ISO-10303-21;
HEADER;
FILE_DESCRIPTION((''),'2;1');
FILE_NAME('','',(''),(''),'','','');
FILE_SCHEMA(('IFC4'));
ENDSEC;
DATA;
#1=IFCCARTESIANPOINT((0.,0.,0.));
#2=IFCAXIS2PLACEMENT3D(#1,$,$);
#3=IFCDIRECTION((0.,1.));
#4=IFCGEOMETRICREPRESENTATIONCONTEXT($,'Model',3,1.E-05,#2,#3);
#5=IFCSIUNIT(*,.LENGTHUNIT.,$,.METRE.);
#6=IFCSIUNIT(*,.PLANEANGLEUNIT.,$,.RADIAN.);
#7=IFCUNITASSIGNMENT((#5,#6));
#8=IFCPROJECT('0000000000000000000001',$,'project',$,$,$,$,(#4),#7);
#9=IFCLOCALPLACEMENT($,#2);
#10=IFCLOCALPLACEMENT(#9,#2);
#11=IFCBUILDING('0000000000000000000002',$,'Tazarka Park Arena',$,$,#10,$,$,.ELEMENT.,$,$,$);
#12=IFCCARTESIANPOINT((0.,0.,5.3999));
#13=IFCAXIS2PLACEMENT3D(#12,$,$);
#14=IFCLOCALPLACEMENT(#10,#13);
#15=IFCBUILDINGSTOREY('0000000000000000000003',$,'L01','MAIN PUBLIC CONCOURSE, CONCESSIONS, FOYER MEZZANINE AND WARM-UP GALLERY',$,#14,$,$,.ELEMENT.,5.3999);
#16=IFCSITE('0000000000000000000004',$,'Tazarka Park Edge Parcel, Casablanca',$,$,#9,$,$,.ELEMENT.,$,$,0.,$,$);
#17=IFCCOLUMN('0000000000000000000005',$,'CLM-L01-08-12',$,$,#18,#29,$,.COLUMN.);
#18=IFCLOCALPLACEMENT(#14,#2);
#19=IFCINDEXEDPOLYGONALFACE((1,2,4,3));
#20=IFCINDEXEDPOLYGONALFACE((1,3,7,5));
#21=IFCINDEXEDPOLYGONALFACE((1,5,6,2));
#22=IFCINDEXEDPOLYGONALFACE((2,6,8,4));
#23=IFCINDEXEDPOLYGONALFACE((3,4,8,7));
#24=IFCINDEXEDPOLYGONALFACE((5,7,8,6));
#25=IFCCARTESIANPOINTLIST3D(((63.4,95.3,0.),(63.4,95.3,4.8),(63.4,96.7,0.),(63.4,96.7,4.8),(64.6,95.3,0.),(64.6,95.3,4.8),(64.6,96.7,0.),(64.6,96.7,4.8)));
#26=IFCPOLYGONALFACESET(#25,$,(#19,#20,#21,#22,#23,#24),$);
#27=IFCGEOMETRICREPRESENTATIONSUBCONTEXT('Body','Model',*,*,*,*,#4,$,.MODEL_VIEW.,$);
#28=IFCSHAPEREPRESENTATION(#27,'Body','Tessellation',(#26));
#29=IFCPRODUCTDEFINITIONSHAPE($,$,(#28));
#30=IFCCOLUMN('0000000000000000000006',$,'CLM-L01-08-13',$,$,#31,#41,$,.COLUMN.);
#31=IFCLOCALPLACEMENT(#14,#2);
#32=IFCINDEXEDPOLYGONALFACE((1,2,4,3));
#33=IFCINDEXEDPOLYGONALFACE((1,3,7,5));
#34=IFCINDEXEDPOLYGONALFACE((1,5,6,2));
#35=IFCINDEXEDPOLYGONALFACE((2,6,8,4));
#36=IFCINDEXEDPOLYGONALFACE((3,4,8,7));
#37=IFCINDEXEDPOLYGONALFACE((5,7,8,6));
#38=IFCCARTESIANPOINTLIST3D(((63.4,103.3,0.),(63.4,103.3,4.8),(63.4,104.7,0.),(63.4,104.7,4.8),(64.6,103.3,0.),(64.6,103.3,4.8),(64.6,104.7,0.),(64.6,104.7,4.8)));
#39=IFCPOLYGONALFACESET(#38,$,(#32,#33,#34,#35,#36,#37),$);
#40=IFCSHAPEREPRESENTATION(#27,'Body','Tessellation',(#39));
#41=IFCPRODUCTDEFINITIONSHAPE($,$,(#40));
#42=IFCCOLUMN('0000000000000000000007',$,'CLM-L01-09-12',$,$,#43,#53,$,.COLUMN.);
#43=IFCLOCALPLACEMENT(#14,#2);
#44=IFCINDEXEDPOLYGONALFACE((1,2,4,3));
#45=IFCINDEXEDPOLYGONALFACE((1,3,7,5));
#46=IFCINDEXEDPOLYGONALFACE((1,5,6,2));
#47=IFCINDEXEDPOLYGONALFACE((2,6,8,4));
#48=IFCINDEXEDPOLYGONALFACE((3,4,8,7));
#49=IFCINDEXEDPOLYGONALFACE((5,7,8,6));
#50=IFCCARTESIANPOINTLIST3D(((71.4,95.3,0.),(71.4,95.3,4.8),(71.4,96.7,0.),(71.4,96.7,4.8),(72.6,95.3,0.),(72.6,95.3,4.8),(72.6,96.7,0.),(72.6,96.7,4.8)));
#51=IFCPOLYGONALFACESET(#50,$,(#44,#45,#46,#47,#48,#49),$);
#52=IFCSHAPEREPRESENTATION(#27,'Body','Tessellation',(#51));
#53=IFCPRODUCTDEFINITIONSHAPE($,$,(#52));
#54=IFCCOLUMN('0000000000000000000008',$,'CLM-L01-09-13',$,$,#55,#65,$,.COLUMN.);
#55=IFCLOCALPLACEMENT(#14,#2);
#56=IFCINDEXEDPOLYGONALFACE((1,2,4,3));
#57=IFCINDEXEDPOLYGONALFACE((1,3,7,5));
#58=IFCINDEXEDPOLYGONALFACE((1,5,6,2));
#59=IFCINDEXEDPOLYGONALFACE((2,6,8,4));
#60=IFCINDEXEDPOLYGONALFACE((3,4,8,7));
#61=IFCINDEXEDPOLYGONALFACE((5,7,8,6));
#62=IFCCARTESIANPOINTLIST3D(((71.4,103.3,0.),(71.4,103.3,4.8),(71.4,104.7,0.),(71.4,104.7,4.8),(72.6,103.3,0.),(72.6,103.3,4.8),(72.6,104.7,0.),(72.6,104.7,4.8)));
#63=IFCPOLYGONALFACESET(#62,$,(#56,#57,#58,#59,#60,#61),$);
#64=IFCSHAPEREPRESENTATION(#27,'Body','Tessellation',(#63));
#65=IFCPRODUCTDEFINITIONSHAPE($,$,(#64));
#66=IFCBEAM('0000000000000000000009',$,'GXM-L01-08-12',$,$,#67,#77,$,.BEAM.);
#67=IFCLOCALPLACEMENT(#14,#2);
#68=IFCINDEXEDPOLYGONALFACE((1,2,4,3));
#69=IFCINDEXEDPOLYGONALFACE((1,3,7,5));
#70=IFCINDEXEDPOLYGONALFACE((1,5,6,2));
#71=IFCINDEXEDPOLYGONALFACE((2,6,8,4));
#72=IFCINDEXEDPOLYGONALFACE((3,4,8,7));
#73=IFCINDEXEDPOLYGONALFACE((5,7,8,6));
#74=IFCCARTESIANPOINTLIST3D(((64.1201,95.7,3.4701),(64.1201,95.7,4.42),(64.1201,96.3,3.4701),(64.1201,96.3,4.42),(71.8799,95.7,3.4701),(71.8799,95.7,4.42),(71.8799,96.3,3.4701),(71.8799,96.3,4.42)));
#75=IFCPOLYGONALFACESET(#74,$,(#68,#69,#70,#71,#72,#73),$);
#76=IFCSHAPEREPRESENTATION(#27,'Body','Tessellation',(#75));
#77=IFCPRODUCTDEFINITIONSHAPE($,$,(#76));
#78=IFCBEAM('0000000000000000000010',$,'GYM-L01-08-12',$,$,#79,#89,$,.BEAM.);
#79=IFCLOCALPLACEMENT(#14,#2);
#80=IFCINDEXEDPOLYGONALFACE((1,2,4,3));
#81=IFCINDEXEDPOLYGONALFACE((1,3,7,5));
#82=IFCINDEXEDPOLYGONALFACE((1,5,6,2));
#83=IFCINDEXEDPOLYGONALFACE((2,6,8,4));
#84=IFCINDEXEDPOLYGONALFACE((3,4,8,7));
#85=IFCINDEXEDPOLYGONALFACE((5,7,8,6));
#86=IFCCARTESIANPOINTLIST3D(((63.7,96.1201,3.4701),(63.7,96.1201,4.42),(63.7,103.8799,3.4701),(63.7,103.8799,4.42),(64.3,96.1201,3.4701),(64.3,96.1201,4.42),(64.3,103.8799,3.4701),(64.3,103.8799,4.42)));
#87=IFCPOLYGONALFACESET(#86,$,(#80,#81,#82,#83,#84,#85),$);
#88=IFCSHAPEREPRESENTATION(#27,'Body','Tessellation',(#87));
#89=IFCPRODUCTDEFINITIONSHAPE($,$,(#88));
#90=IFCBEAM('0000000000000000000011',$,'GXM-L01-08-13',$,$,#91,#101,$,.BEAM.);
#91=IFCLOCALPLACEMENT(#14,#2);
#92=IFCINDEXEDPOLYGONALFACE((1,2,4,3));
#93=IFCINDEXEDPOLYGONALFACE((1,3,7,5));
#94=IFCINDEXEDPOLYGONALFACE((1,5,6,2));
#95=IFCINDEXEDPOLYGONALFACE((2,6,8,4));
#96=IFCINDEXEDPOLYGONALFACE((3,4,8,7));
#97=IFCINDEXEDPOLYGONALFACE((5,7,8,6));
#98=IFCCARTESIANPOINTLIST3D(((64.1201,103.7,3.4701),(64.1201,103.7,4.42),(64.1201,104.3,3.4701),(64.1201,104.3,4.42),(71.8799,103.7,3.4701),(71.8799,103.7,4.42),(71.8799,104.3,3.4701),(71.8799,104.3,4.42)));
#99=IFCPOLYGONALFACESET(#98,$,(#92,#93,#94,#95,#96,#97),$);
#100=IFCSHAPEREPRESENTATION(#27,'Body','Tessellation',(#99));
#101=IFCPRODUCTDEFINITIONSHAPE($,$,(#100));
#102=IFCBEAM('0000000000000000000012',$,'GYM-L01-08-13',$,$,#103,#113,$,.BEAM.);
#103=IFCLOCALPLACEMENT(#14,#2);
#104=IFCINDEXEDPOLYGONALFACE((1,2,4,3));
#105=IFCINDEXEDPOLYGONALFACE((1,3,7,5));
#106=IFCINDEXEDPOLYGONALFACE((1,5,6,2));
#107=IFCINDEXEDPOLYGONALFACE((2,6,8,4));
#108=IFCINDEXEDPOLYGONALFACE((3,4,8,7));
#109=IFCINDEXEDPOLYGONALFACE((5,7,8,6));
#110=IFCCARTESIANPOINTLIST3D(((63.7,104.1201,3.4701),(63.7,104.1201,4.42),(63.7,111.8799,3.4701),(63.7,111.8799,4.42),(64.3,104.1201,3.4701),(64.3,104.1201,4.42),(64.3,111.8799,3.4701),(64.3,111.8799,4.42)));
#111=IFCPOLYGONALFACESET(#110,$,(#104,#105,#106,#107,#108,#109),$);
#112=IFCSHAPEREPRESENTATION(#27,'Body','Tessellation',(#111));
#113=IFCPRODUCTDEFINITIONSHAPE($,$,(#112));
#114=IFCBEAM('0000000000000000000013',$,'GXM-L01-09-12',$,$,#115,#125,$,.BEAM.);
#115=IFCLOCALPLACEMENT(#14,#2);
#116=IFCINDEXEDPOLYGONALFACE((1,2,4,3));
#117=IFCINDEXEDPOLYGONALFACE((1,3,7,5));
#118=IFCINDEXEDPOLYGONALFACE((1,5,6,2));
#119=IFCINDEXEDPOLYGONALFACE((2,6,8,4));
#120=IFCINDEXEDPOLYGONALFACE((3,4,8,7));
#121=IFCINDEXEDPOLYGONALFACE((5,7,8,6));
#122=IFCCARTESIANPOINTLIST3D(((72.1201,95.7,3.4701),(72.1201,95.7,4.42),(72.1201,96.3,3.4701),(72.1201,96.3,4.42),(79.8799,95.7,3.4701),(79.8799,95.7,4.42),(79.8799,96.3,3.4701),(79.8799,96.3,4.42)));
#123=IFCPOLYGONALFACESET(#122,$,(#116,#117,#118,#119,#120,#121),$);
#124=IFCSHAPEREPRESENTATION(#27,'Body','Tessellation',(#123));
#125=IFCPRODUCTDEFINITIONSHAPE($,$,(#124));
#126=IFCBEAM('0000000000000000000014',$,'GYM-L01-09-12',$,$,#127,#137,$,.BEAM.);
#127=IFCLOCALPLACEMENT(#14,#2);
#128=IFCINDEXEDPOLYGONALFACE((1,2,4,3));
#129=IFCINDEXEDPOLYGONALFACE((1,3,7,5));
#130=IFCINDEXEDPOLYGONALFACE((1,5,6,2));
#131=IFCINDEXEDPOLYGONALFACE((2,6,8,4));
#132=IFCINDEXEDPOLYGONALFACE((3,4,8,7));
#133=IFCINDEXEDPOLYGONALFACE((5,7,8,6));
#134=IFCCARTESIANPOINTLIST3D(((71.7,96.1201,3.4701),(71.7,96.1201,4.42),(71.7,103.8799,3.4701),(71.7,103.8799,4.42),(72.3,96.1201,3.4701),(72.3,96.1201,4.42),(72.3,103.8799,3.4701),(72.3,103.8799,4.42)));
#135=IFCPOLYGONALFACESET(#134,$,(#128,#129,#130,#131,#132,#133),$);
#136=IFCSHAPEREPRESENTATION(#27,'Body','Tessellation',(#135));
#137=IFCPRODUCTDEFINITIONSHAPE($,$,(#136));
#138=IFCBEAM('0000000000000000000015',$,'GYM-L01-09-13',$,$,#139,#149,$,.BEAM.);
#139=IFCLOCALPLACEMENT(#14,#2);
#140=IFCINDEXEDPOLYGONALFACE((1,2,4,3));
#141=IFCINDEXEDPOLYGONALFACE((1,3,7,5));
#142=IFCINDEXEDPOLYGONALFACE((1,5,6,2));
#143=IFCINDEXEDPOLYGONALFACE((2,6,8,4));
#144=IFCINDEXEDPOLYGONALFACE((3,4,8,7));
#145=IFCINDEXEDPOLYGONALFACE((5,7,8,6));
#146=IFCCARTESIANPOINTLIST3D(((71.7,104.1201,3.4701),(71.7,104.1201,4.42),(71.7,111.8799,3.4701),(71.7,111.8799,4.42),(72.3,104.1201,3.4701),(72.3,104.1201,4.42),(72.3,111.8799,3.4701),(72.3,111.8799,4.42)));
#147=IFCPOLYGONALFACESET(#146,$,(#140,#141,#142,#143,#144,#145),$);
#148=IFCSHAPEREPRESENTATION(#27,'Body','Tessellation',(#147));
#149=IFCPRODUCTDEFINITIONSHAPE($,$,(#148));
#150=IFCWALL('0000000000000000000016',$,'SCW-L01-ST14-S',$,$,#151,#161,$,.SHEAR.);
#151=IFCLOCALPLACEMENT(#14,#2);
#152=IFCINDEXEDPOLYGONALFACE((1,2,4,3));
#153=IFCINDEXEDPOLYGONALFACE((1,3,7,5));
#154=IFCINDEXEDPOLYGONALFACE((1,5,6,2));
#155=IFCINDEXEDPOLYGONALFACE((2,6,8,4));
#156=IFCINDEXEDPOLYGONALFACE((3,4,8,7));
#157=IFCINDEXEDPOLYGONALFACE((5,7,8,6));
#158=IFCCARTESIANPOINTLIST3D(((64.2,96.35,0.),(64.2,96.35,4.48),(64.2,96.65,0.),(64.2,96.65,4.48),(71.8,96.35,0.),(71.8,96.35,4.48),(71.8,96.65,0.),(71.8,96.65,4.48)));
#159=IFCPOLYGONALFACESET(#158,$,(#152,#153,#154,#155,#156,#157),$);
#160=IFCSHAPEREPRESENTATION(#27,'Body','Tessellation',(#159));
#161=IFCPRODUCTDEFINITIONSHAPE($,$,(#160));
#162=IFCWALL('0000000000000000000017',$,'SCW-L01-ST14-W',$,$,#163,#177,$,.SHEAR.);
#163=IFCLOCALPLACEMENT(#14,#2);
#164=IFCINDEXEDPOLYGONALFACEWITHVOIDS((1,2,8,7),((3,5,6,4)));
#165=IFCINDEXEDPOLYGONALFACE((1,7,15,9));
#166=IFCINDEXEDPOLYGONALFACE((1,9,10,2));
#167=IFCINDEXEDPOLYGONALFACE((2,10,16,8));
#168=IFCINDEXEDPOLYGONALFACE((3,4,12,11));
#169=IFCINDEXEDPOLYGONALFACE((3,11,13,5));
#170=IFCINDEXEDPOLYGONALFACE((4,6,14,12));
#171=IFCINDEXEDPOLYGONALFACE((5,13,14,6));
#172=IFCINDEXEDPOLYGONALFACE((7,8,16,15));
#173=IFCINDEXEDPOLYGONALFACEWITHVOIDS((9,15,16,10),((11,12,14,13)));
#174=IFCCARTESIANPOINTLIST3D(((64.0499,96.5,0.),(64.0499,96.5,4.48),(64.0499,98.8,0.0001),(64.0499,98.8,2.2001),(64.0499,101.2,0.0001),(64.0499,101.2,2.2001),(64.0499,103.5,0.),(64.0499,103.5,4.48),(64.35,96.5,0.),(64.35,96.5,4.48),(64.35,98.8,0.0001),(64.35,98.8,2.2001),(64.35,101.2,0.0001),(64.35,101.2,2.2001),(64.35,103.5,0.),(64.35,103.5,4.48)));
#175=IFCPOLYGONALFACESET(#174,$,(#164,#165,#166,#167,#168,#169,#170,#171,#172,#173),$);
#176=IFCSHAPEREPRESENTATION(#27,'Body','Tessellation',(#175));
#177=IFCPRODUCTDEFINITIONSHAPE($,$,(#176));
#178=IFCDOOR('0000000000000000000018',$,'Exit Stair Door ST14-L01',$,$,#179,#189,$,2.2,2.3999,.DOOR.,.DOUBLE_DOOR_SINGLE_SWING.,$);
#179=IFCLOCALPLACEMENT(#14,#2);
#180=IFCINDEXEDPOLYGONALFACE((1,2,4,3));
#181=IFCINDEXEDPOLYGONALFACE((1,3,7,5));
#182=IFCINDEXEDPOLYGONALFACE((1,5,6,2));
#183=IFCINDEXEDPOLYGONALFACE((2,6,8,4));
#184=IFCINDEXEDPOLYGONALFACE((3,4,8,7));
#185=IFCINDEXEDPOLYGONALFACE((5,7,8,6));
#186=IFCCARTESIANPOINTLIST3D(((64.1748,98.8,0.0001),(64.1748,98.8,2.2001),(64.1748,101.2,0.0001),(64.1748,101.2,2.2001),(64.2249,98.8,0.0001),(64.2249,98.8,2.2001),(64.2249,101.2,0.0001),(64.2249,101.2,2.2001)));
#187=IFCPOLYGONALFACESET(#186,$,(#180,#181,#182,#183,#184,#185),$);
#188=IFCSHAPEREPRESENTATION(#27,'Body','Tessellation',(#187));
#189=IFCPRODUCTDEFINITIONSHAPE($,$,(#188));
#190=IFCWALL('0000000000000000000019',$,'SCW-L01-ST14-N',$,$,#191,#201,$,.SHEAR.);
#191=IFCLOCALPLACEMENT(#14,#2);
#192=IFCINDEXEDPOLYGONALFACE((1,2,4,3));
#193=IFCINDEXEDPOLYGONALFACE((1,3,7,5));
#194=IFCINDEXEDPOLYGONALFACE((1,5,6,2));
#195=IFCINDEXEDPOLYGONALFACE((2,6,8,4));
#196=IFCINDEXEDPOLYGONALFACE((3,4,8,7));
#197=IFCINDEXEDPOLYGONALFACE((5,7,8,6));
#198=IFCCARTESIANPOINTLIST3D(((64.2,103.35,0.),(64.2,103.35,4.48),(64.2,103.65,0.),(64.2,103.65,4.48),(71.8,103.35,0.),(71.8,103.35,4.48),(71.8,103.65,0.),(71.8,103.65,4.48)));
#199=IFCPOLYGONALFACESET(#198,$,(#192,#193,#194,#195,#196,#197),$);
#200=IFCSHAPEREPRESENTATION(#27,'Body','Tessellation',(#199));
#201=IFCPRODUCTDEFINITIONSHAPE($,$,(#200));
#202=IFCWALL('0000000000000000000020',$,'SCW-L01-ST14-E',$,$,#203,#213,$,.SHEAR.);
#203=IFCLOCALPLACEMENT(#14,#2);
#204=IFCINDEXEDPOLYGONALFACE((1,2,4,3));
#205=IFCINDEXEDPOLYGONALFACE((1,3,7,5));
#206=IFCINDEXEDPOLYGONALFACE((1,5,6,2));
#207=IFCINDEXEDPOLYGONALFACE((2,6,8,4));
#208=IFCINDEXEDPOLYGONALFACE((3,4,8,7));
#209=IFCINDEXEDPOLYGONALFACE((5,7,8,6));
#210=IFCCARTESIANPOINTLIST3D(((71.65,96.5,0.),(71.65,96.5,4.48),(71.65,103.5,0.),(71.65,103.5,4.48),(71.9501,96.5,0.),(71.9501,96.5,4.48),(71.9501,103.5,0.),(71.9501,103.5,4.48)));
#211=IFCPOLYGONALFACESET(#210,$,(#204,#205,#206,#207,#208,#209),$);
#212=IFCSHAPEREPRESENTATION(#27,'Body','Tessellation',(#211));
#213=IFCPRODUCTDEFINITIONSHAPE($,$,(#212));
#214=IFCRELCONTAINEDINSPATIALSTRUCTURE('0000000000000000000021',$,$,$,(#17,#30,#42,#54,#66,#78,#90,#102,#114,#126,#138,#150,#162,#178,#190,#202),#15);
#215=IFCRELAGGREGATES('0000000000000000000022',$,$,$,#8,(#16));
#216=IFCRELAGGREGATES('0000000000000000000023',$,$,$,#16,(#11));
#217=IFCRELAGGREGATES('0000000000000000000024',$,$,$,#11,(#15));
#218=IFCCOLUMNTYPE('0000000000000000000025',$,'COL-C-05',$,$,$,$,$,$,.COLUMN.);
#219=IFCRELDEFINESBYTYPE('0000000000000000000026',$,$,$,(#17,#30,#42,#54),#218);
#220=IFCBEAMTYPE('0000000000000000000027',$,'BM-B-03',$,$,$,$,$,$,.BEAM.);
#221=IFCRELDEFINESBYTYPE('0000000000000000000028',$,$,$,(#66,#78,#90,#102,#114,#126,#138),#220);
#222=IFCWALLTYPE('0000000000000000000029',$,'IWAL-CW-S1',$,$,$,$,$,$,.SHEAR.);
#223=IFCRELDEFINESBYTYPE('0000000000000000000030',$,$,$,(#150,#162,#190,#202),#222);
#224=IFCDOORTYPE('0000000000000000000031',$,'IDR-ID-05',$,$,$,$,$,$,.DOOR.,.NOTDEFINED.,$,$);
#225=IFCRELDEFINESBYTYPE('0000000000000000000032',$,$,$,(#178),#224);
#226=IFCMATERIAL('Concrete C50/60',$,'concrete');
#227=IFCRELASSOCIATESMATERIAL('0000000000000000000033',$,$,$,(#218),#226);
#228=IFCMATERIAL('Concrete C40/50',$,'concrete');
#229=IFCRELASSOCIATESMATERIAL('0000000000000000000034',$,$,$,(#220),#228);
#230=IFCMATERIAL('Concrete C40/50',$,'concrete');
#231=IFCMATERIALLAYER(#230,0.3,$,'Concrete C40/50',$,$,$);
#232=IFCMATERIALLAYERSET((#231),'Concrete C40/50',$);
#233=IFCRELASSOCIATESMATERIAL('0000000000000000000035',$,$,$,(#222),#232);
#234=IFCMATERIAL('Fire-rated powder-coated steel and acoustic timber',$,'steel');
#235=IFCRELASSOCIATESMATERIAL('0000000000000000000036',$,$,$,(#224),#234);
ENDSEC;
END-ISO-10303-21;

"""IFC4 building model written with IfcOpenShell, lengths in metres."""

from ifc_helpers import new_model, si_unit, direction, frame, frame_2d, origin, origin_2d, place, context, subcontext, project, spatial, rectangle, extrude, material, layer, layer_set, material_profile, profile_set, type_object, element, fill, save


model = new_model("IFC4")

# Units and contexts
model_context = context("Model", 3, precision=1e-05, world=origin(), true_north=direction((0.0, 1.0)))
body_context = subcontext(model_context, "Body", "Model", "MODEL_VIEW")
ifc_project = project(units=[si_unit("LENGTHUNIT", "METRE"), si_unit("PLANEANGLEUNIT", "RADIAN")], contexts=[model_context])

# Site, building, storey
site_placement = place(None, origin())
site = spatial("IfcSite", under=ifc_project, at=site_placement, Name="Tazarka Park Edge Parcel, Casablanca", CompositionType="ELEMENT", RefElevation=0.0)
building_placement = place(site_placement, origin())
building = spatial("IfcBuilding", under=site, at=building_placement, Name="Tazarka Park Arena", CompositionType="ELEMENT")
storey_placement = place(building_placement, frame((0.0, 0.0, 5.3999)))
storey = spatial("IfcBuildingStorey", under=building, at=storey_placement, Name="L01", Description="MAIN PUBLIC CONCOURSE, CONCESSIONS, FOYER MEZZANINE AND WARM-UP GALLERY", CompositionType="ELEMENT", Elevation=5.3999)

# Columns
ifc_material_1 = material(Name="Concrete C50/60", Category="concrete")
ifc_material_profile_1 = material_profile(ifc_material_1, rectangle(XDim=1.2, YDim=1.3999, at=origin_2d()), Name="Concrete C50/60")
ifc_profile_set_1 = profile_set([ifc_material_profile_1], Name="Concrete C50/60")
column_type = type_object("IfcColumnType", Name="COL-C-05", PredefinedType="COLUMN", material=ifc_profile_set_1)
for number, where, z_axis, x_axis, name in (
    (1, (64.0, 96.0, 0.0), (0.0, 0.0, 1.0), (1.0, 0.0, 0.0), "CLM-L01-08-12"),
    (2, (64.0, 104.0, 0.0), (0.0, 0.0, 1.0), (1.0, 0.0, 0.0), "CLM-L01-08-13"),
    (3, (72.0, 96.0, 0.0), (0.0, 0.0, 1.0), (1.0, 0.0, 0.0), "CLM-L01-09-12"),
    (4, (72.0, 104.0, 0.0), (0.0, 0.0, 1.0), (1.0, 0.0, 0.0), "CLM-L01-09-13"),
):
    element("IfcColumn", number, at=place(storey_placement, frame(where, z_axis=z_axis, x_axis=x_axis)), inside=storey, type_object=column_type, Name=name, PredefinedType="COLUMN", context=body_context, shape_type="SweptSolid", body=[
        extrude(rectangle(XDim=1.2, YDim=1.3999, at=origin_2d()), origin(), (0.0, 0.0, 1.0), 4.8),
    ])

# Beams
ifc_material_2 = material(Name="Concrete C40/50", Category="concrete")
ifc_material_profile_2 = material_profile(ifc_material_2, rectangle(XDim=0.6001, YDim=0.95, at=origin_2d()), Name="Concrete C40/50")
ifc_profile_set_2 = profile_set([ifc_material_profile_2], Name="Concrete C40/50")
beam_type = type_object("IfcBeamType", Name="BM-B-03", PredefinedType="BEAM", material=ifc_profile_set_2)
for number, where, z_axis, x_axis, name in (
    (5, (64.1201, 96.0, 3.9451), (1.0, 0.0, 0.0), (0.0, 1.0, 0.0), "GXM-L01-08-12"),
    (6, (64.0, 96.1201, 3.9451), (0.0, 1.0, 0.0), (-1.0, 0.0, 0.0), "GYM-L01-08-12"),
    (7, (64.1201, 104.0, 3.9451), (1.0, 0.0, 0.0), (0.0, 1.0, 0.0), "GXM-L01-08-13"),
    (8, (64.0, 104.1201, 3.9451), (0.0, 1.0, 0.0), (-1.0, 0.0, 0.0), "GYM-L01-08-13"),
    (9, (72.1201, 96.0, 3.9451), (1.0, 0.0, 0.0), (0.0, 1.0, 0.0), "GXM-L01-09-12"),
    (10, (72.0, 96.1201, 3.9451), (0.0, 1.0, 0.0), (-1.0, 0.0, 0.0), "GYM-L01-09-12"),
    (11, (72.0, 104.1201, 3.9451), (0.0, 1.0, 0.0), (-1.0, 0.0, 0.0), "GYM-L01-09-13"),
):
    element("IfcBeam", number, at=place(storey_placement, frame(where, z_axis=z_axis, x_axis=x_axis)), inside=storey, type_object=beam_type, Name=name, PredefinedType="BEAM", context=body_context, shape_type="SweptSolid", body=[
        extrude(rectangle(XDim=0.6001, YDim=0.95, at=origin_2d()), origin(), (0.0, 0.0, 1.0), 7.7598),
    ])

# Wall
ifc_material_3 = material(Name="Concrete C40/50", Category="concrete")
ifc_layer_1 = layer(ifc_material_3, 0.3, Name="Concrete C40/50")
ifc_layer_set_1 = layer_set([ifc_layer_1], Name="Concrete C40/50")
wall_type_1 = type_object("IfcWallType", Name="IWAL-CW-S1", PredefinedType="SHEAR", material=ifc_layer_set_1)
wall_1_placement = place(storey_placement, frame((71.8, 96.5, 0.0), z_axis=(0.0, 0.0, 1.0), x_axis=(-1.0, 0.0, 0.0)))
element("IfcWall", 12, at=wall_1_placement, inside=storey, type_object=wall_type_1, Name="SCW-L01-ST14-S", PredefinedType="SHEAR", context=body_context, shape_type="SweptSolid", body=[
    extrude(rectangle(XDim=7.6001, YDim=0.3, at=frame_2d((3.8, 0.0))), origin(), (0.0, 0.0, 1.0), 4.48),
])

# Wall, opening, door
wall_2_placement = place(storey_placement, frame((64.2, 96.5, 0.0), z_axis=(0.0, 0.0, 1.0), x_axis=(0.0, 1.0, 0.0)))
wall_2 = element("IfcWall", 13, at=wall_2_placement, inside=storey, type_object=wall_type_1, Name="SCW-L01-ST14-W", PredefinedType="SHEAR", context=body_context, shape_type="SweptSolid", body=[
    extrude(rectangle(XDim=7.0, YDim=0.3, at=frame_2d((3.5, 0.0))), origin(), (0.0, 0.0, 1.0), 4.48),
])
opening_1_placement = place(wall_2_placement, frame((2.3, 0.0, 0.0)))
opening_1 = element("IfcOpeningElement", 14, at=opening_1_placement, cuts=wall_2, PredefinedType="OPENING", context=body_context, shape_type="SweptSolid", body=[
    extrude(rectangle(XDim=2.3999, YDim=2.2, at=frame_2d((1.2, 1.1001))), frame((0.0, 0.1602, 0.0), z_axis=(0.0, -1.0, 0.0), x_axis=(1.0, 0.0, 0.0)), (0.0, 0.0, 1.0), 0.3201),
])
ifc_material_4 = material(Name="Fire-rated powder-coated steel and acoustic timber", Category="steel")
door_type_1 = type_object("IfcDoorType", Name="IDR-ID-05", OperationType="NOTDEFINED", PredefinedType="DOOR", material=ifc_material_4)
door_1_placement = place(opening_1_placement, frame((2.3999, 0.0, 0.0), z_axis=(0.0, 0.0, 1.0), x_axis=(-1.0, 0.0, 0.0)))
door_1 = element("IfcDoor", 15, at=door_1_placement, inside=storey, type_object=door_type_1, Name="Exit Stair Door ST14-L01", OperationType="DOUBLE_DOOR_SINGLE_SWING", OverallHeight=2.2, OverallWidth=2.3999, PredefinedType="DOOR", context=body_context, shape_type="SweptSolid", body=[
    extrude(rectangle(XDim=2.3999, YDim=2.2, at=frame_2d((1.2, 1.1001))), frame((0.0, 0.0249, 0.0), z_axis=(0.0, -1.0, 0.0), x_axis=(1.0, 0.0, 0.0)), (0.0, 0.0, 1.0), 0.05),
])
fill(opening_1, door_1)

# Walls
wall_3_placement = place(storey_placement, frame((64.2, 103.5, 0.0), z_axis=(0.0, 0.0, 1.0), x_axis=(1.0, 0.0, 0.0)))
element("IfcWall", 16, at=wall_3_placement, inside=storey, type_object=wall_type_1, Name="SCW-L01-ST14-N", PredefinedType="SHEAR", context=body_context, shape_type="SweptSolid", body=[
    extrude(rectangle(XDim=7.6001, YDim=0.3, at=frame_2d((3.8, 0.0))), origin(), (0.0, 0.0, 1.0), 4.48),
])
wall_4_placement = place(storey_placement, frame((71.8, 103.5, 0.0), z_axis=(0.0, 0.0, 1.0), x_axis=(0.0, -1.0, 0.0)))
element("IfcWall", 17, at=wall_4_placement, inside=storey, type_object=wall_type_1, Name="SCW-L01-ST14-E", PredefinedType="SHEAR", context=body_context, shape_type="SweptSolid", body=[
    extrude(rectangle(XDim=7.0, YDim=0.3, at=frame_2d((3.5, 0.0))), origin(), (0.0, 0.0, 1.0), 4.48),
])

save(model, "model.ifc")
